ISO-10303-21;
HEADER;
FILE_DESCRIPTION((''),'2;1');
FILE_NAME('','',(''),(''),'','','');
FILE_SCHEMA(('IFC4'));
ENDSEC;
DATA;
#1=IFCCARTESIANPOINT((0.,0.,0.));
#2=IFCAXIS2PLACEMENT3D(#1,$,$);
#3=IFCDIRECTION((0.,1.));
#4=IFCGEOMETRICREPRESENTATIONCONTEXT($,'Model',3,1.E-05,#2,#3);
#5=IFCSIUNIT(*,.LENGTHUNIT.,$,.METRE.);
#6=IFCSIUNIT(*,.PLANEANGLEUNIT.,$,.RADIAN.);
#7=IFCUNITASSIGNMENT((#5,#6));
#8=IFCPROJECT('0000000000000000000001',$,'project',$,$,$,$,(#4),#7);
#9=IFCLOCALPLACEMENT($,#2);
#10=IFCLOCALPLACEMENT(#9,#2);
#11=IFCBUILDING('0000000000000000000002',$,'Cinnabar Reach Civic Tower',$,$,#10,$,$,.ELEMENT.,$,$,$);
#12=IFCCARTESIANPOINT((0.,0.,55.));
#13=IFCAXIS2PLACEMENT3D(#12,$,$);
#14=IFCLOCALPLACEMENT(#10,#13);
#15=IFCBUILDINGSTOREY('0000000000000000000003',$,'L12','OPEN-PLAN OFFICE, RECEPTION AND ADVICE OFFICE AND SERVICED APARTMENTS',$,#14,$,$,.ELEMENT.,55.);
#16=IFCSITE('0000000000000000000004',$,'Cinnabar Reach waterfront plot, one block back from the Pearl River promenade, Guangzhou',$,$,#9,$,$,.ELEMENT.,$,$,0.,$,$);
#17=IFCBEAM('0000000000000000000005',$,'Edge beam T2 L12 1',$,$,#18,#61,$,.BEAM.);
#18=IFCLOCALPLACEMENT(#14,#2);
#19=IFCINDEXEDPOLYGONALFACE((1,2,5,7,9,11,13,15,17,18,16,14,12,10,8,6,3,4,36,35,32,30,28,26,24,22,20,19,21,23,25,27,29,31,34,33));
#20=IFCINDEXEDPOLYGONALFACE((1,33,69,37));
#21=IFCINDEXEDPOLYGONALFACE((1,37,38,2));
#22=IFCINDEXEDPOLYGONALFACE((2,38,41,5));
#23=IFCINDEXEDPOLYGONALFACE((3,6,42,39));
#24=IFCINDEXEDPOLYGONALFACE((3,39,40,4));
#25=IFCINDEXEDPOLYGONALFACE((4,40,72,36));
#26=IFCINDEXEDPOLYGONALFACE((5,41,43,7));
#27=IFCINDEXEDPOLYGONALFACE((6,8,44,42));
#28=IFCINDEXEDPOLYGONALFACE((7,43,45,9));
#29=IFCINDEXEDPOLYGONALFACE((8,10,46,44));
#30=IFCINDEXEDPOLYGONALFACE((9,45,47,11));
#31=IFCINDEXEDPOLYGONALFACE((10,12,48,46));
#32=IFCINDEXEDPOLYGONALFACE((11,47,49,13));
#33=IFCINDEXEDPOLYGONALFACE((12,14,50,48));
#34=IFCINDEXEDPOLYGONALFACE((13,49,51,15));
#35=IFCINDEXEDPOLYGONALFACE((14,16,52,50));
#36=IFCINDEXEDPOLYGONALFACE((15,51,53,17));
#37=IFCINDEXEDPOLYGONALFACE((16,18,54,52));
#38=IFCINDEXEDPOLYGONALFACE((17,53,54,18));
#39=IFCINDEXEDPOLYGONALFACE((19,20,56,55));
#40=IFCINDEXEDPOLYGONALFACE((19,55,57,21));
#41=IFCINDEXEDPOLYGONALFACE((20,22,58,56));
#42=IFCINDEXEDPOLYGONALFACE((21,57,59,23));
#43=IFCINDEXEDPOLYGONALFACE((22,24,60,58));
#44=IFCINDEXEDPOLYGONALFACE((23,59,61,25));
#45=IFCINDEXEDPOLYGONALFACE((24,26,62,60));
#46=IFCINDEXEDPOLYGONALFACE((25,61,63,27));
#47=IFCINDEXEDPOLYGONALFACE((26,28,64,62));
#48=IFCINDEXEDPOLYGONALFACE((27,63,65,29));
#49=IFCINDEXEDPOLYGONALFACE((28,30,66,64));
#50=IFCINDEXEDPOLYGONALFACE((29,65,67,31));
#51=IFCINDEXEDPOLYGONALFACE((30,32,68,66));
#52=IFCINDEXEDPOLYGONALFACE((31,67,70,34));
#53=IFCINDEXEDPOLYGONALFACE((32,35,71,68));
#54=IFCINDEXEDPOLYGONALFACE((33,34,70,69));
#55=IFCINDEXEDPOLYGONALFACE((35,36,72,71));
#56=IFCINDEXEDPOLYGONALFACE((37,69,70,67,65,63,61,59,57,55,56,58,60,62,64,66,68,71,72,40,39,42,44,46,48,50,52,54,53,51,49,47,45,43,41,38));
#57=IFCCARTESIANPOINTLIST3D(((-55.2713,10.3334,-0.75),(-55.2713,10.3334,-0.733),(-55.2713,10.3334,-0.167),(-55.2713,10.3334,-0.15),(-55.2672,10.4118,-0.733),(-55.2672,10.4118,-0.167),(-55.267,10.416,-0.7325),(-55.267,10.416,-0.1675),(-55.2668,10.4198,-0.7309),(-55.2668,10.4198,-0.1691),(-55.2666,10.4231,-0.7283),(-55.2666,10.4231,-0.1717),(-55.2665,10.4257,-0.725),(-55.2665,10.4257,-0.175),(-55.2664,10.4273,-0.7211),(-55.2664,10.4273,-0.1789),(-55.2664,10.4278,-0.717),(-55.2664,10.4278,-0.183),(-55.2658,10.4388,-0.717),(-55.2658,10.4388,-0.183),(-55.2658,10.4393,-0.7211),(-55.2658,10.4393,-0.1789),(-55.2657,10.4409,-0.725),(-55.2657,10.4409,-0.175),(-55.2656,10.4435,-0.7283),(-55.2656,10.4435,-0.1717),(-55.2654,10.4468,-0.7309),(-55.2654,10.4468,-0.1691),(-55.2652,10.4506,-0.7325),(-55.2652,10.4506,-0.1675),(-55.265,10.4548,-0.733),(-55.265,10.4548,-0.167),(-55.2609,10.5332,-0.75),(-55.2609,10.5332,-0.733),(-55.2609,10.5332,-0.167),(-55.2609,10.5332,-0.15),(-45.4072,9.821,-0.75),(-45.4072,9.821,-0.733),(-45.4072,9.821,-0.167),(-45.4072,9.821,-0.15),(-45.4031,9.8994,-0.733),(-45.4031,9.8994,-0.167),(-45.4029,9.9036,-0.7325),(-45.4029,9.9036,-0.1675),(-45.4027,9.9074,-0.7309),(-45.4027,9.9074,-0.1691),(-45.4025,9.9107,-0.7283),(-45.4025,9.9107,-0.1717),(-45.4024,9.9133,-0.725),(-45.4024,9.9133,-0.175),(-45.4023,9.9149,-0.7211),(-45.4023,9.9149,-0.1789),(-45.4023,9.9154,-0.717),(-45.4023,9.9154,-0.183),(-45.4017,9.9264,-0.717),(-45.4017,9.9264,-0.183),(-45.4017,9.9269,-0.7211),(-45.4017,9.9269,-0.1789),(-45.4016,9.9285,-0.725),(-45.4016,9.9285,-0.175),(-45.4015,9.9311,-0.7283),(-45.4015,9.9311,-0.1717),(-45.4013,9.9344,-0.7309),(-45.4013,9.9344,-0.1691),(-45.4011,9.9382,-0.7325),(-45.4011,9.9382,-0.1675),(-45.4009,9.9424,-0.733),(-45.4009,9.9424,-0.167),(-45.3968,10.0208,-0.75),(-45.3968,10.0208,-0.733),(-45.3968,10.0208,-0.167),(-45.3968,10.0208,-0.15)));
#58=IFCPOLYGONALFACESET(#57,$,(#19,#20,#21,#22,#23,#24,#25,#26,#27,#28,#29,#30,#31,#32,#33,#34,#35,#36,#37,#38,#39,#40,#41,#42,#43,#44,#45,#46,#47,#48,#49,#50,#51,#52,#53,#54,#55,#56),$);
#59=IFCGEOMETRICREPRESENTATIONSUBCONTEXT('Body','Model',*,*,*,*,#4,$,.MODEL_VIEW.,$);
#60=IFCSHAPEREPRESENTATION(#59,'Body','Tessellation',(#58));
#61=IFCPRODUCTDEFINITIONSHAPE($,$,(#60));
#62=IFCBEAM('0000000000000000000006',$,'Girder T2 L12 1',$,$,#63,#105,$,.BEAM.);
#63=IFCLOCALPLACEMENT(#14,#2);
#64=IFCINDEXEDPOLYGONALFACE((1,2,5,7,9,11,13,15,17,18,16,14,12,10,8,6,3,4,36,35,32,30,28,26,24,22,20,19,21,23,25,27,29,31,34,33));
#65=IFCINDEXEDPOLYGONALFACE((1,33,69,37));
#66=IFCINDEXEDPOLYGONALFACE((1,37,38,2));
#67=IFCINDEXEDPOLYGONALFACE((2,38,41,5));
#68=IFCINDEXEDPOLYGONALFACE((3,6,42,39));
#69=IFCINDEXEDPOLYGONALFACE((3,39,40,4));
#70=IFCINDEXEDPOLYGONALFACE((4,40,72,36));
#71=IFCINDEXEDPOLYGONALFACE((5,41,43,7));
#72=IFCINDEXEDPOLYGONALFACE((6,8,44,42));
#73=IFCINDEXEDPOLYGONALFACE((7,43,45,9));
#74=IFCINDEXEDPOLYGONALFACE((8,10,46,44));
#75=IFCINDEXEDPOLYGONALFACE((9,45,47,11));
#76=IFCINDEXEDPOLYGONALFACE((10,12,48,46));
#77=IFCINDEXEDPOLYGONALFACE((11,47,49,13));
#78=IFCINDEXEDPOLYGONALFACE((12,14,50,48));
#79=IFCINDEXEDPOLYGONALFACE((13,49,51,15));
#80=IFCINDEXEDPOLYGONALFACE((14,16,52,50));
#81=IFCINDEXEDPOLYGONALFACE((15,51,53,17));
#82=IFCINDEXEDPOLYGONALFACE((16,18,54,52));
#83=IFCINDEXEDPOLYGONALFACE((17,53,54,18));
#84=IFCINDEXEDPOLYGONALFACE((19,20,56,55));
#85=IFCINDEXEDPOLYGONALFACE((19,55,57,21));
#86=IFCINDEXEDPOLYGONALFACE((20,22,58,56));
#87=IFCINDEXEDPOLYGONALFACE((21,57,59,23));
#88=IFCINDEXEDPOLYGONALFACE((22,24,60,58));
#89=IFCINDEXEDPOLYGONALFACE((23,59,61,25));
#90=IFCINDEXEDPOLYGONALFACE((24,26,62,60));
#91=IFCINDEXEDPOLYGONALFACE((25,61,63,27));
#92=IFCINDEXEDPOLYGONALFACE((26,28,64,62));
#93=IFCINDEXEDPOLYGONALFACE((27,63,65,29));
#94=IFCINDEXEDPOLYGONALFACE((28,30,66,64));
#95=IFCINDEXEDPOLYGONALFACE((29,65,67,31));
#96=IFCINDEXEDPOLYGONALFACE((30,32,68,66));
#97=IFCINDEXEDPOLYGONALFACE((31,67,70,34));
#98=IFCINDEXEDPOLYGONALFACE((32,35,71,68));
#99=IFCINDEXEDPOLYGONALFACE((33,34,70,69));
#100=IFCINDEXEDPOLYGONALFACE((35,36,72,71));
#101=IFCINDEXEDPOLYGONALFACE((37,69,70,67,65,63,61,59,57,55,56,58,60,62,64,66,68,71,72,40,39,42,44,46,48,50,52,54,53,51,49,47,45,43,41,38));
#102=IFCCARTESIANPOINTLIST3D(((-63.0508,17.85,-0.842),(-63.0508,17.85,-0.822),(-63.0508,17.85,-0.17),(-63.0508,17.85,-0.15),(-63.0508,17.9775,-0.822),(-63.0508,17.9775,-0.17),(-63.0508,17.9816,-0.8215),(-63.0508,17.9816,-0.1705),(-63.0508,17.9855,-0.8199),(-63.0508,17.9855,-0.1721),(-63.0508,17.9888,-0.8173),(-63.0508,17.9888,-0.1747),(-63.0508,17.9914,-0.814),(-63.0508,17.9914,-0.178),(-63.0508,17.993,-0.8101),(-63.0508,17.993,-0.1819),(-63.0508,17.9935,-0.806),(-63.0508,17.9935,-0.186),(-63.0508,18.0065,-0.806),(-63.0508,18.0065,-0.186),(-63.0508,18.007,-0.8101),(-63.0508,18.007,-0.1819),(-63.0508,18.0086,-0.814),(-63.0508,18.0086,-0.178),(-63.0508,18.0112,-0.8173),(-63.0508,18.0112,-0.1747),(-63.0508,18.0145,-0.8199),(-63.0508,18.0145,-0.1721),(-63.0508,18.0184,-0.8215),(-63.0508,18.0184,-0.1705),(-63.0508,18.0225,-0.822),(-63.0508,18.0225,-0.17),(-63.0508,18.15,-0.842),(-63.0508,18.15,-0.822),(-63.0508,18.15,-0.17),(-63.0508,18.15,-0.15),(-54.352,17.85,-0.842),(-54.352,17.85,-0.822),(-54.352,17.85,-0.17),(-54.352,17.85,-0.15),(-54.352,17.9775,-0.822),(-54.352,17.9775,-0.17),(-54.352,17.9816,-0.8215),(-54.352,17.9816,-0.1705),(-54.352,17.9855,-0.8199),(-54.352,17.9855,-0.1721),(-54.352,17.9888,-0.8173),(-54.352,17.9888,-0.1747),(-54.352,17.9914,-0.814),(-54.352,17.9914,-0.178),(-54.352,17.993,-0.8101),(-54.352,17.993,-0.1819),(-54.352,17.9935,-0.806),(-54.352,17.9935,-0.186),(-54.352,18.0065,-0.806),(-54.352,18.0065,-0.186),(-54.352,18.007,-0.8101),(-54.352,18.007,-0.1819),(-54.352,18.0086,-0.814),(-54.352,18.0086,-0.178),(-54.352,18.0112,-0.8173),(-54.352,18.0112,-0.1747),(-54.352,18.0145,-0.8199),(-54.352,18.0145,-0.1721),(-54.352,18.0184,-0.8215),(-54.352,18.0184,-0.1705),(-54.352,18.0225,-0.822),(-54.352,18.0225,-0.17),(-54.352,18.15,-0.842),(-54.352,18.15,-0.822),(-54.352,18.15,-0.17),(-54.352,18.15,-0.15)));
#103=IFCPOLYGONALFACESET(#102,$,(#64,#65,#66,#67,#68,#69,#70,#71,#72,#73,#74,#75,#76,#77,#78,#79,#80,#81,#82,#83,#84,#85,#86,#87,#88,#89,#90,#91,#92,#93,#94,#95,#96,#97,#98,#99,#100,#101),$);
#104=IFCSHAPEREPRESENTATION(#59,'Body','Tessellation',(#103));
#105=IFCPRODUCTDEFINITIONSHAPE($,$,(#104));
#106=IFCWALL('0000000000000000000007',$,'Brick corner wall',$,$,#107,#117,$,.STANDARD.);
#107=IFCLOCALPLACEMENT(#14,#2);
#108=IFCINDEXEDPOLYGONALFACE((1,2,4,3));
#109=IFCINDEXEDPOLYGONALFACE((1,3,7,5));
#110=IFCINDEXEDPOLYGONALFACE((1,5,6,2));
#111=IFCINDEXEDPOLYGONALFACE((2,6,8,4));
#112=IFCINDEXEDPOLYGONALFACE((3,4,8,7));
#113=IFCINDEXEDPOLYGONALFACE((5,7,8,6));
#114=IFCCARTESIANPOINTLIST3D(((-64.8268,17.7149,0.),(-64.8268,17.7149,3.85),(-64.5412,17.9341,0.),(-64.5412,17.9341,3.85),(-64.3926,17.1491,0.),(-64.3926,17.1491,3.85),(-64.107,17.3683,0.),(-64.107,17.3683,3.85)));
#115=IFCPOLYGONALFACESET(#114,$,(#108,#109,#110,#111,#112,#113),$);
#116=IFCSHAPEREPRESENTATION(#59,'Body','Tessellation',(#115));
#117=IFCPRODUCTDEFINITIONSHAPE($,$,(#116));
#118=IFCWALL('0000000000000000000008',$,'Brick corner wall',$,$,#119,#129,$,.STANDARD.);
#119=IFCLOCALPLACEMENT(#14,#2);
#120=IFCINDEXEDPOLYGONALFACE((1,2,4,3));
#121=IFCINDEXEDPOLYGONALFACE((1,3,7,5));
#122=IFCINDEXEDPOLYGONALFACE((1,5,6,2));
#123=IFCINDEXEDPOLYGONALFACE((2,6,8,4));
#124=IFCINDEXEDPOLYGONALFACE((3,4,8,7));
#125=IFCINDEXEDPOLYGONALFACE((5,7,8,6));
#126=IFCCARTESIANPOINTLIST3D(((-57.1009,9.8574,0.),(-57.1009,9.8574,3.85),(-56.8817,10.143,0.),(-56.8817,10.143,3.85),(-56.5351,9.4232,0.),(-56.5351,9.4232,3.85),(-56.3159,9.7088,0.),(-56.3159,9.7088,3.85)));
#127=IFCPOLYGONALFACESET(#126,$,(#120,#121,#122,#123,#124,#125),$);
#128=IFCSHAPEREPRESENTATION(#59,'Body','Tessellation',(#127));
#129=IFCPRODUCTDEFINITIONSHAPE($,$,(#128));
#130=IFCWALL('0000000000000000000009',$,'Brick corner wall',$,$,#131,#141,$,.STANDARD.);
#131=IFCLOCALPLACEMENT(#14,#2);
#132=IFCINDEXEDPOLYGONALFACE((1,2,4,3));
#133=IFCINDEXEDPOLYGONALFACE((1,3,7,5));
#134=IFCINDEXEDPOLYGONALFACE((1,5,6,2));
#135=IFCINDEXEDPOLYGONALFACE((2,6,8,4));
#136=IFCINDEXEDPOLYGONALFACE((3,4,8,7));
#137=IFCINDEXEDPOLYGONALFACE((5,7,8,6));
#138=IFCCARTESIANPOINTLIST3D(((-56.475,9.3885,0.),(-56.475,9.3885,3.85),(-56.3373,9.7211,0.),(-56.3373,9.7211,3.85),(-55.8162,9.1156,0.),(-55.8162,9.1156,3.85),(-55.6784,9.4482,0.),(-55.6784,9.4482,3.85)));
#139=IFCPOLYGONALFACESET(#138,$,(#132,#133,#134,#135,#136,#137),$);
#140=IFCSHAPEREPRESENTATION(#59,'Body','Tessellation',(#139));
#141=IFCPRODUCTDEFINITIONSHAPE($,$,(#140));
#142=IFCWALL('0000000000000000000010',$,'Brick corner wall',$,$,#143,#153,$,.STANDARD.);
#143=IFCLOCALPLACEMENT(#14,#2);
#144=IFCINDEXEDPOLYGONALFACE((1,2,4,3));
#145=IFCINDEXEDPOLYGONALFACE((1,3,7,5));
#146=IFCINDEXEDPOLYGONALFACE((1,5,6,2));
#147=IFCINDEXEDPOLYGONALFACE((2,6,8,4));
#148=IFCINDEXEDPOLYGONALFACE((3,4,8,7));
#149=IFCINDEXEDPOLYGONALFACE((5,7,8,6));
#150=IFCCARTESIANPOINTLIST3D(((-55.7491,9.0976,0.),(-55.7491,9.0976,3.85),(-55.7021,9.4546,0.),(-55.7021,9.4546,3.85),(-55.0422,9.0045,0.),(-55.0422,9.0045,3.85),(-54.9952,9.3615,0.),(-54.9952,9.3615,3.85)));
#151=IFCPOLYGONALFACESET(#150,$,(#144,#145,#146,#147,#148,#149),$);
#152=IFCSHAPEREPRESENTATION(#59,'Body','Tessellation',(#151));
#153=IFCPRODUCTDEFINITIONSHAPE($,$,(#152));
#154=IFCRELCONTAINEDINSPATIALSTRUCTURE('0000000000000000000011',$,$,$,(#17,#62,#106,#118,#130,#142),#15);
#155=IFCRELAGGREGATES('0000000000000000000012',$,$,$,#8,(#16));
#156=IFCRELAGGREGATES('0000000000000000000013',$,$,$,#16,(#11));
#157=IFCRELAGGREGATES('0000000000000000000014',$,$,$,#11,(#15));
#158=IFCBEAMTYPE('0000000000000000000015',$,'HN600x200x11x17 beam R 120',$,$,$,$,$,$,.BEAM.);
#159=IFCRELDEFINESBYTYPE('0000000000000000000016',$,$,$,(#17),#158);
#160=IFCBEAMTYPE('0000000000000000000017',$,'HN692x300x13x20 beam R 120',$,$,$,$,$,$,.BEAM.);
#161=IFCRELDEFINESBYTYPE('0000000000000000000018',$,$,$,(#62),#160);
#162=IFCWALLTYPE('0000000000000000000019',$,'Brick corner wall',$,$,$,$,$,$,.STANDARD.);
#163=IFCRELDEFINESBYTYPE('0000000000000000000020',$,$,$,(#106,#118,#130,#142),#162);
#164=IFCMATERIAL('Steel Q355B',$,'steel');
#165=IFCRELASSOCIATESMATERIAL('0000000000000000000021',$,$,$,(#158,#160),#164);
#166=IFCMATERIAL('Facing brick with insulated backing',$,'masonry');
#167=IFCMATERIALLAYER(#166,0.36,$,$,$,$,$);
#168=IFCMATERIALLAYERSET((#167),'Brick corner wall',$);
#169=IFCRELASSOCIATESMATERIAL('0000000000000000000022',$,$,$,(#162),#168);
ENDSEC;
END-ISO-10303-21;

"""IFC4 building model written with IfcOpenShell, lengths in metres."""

from ifc_helpers import new_model, si_unit, direction, frame, frame_2d, origin, origin_2d, place, context, subcontext, project, spatial, rectangle, i_section, extrude, material, layer, layer_set, material_profile, profile_set, type_object, element, save


model = new_model("IFC4")

# Units and contexts
model_context = context("Model", 3, precision=1e-05, world=origin(), true_north=direction((0.0, 1.0)))
body_context = subcontext(model_context, "Body", "Model", "MODEL_VIEW")
ifc_project = project(units=[si_unit("LENGTHUNIT", "METRE"), si_unit("PLANEANGLEUNIT", "RADIAN")], contexts=[model_context])

# Site, building, storey
site_placement = place(None, origin())
site = spatial("IfcSite", under=ifc_project, at=site_placement, Name="Cinnabar Reach waterfront plot, one block back from the Pearl River promenade, Guangzhou", CompositionType="ELEMENT", RefElevation=0.0)
building_placement = place(site_placement, origin())
building = spatial("IfcBuilding", under=site, at=building_placement, Name="Cinnabar Reach Civic Tower", CompositionType="ELEMENT")
storey_placement = place(building_placement, frame((0.0, 0.0, 55.0)))
storey = spatial("IfcBuildingStorey", under=building, at=storey_placement, Name="L12", Description="OPEN-PLAN OFFICE, RECEPTION AND ADVICE OFFICE AND SERVICED APARTMENTS", CompositionType="ELEMENT", Elevation=55.0)

# Beams
ifc_material_1 = material(Name="Steel Q355B", Category="steel")
ifc_material_profile_1 = material_profile(ifc_material_1, i_section(OverallWidth=0.2, OverallDepth=0.6, WebThickness=0.011, FlangeThickness=0.017, FilletRadius=0.016, at=origin_2d()), Name="HN600x200x11x17")
ifc_profile_set_1 = profile_set([ifc_material_profile_1], Name="Steel Q355B")
beam_type_1 = type_object("IfcBeamType", Name="HN600x200x11x17 beam R 120", PredefinedType="BEAM", material=ifc_profile_set_1)
beam_1_placement = place(storey_placement, frame((-55.2661, 10.4333, -0.45), z_axis=(0.998654, -0.051876, 0.0), x_axis=(0.051876, 0.998654, 0.0)))
element("IfcBeam", 1, at=beam_1_placement, inside=storey, type_object=beam_type_1, Name="Edge beam T2 L12 1", PredefinedType="BEAM", context=body_context, shape_type="SweptSolid", body=[
    extrude(i_section(OverallWidth=0.2, OverallDepth=0.6, WebThickness=0.011, FlangeThickness=0.017, FilletRadius=0.016, at=origin_2d()), origin(), (0.0, 0.0, 1.0), 9.8774),
])
ifc_material_profile_2 = material_profile(ifc_material_1, i_section(OverallWidth=0.3, OverallDepth=0.692, WebThickness=0.013, FlangeThickness=0.02, FilletRadius=0.016, at=origin_2d()), Name="HN692x300x13x20")
ifc_profile_set_2 = profile_set([ifc_material_profile_2], Name="Steel Q355B")
beam_type_2 = type_object("IfcBeamType", Name="HN692x300x13x20 beam R 120", PredefinedType="BEAM", material=ifc_profile_set_2)
beam_2_placement = place(storey_placement, frame((-63.0508, 18.0, -0.496), z_axis=(1.0, 0.0, 0.0), x_axis=(0.0, 1.0, 0.0)))
element("IfcBeam", 2, at=beam_2_placement, inside=storey, type_object=beam_type_2, Name="Girder T2 L12 1", PredefinedType="BEAM", context=body_context, shape_type="SweptSolid", body=[
    extrude(i_section(OverallWidth=0.3, OverallDepth=0.692, WebThickness=0.013, FlangeThickness=0.02, FilletRadius=0.016, at=origin_2d()), origin(), (0.0, 0.0, 1.0), 8.6988),
])

# Walls
ifc_material_2 = material(Name="Facing brick with insulated backing", Category="masonry")
ifc_layer_1 = layer(ifc_material_2, 0.36)
ifc_layer_set_1 = layer_set([ifc_layer_1], Name="Brick corner wall")
wall_type_1 = type_object("IfcWallType", Name="Brick corner wall", PredefinedType="STANDARD", material=ifc_layer_set_1)
for number, where, z_axis, x_axis, name in (
    (3, (-64.684, 17.8245, 0.0), (0.0, 0.0, 1.0), (0.608802, -0.793322, 0.0), "Brick corner wall"),
    (4, (-56.9913, 10.0002, 0.0), (0.0, 0.0, 1.0), (0.793322, -0.608802, 0.0), "Brick corner wall"),
):
    element("IfcWall", number, at=place(storey_placement, frame(where, z_axis=z_axis, x_axis=x_axis)), inside=storey, type_object=wall_type_1, Name=name, PredefinedType="STANDARD", context=body_context, shape_type="SweptSolid", body=[
        extrude(rectangle(XDim=0.7132, YDim=0.36, at=frame_2d((0.3566, 0.0))), origin(), (0.0, 0.0, 1.0), 3.85),
    ])
for number, where, z_axis, x_axis, name in (
    (5, (-56.4061, 9.5548, 0.0), (0.0, 0.0, 1.0), (0.923872, -0.382703, 0.0), "Brick corner wall"),
    (6, (-55.7256, 9.2761, 0.0), (0.0, 0.0, 1.0), (0.991441, -0.130556, 0.0), "Brick corner wall"),
):
    element("IfcWall", number, at=place(storey_placement, frame(where, z_axis=z_axis, x_axis=x_axis)), inside=storey, type_object=wall_type_1, Name=name, PredefinedType="STANDARD", context=body_context, shape_type="SweptSolid", body=[
        extrude(rectangle(XDim=0.7131, YDim=0.36, at=frame_2d((0.3565, 0.0))), origin(), (0.0, 0.0, 1.0), 3.85),
    ])

save(model, "model.ifc")
